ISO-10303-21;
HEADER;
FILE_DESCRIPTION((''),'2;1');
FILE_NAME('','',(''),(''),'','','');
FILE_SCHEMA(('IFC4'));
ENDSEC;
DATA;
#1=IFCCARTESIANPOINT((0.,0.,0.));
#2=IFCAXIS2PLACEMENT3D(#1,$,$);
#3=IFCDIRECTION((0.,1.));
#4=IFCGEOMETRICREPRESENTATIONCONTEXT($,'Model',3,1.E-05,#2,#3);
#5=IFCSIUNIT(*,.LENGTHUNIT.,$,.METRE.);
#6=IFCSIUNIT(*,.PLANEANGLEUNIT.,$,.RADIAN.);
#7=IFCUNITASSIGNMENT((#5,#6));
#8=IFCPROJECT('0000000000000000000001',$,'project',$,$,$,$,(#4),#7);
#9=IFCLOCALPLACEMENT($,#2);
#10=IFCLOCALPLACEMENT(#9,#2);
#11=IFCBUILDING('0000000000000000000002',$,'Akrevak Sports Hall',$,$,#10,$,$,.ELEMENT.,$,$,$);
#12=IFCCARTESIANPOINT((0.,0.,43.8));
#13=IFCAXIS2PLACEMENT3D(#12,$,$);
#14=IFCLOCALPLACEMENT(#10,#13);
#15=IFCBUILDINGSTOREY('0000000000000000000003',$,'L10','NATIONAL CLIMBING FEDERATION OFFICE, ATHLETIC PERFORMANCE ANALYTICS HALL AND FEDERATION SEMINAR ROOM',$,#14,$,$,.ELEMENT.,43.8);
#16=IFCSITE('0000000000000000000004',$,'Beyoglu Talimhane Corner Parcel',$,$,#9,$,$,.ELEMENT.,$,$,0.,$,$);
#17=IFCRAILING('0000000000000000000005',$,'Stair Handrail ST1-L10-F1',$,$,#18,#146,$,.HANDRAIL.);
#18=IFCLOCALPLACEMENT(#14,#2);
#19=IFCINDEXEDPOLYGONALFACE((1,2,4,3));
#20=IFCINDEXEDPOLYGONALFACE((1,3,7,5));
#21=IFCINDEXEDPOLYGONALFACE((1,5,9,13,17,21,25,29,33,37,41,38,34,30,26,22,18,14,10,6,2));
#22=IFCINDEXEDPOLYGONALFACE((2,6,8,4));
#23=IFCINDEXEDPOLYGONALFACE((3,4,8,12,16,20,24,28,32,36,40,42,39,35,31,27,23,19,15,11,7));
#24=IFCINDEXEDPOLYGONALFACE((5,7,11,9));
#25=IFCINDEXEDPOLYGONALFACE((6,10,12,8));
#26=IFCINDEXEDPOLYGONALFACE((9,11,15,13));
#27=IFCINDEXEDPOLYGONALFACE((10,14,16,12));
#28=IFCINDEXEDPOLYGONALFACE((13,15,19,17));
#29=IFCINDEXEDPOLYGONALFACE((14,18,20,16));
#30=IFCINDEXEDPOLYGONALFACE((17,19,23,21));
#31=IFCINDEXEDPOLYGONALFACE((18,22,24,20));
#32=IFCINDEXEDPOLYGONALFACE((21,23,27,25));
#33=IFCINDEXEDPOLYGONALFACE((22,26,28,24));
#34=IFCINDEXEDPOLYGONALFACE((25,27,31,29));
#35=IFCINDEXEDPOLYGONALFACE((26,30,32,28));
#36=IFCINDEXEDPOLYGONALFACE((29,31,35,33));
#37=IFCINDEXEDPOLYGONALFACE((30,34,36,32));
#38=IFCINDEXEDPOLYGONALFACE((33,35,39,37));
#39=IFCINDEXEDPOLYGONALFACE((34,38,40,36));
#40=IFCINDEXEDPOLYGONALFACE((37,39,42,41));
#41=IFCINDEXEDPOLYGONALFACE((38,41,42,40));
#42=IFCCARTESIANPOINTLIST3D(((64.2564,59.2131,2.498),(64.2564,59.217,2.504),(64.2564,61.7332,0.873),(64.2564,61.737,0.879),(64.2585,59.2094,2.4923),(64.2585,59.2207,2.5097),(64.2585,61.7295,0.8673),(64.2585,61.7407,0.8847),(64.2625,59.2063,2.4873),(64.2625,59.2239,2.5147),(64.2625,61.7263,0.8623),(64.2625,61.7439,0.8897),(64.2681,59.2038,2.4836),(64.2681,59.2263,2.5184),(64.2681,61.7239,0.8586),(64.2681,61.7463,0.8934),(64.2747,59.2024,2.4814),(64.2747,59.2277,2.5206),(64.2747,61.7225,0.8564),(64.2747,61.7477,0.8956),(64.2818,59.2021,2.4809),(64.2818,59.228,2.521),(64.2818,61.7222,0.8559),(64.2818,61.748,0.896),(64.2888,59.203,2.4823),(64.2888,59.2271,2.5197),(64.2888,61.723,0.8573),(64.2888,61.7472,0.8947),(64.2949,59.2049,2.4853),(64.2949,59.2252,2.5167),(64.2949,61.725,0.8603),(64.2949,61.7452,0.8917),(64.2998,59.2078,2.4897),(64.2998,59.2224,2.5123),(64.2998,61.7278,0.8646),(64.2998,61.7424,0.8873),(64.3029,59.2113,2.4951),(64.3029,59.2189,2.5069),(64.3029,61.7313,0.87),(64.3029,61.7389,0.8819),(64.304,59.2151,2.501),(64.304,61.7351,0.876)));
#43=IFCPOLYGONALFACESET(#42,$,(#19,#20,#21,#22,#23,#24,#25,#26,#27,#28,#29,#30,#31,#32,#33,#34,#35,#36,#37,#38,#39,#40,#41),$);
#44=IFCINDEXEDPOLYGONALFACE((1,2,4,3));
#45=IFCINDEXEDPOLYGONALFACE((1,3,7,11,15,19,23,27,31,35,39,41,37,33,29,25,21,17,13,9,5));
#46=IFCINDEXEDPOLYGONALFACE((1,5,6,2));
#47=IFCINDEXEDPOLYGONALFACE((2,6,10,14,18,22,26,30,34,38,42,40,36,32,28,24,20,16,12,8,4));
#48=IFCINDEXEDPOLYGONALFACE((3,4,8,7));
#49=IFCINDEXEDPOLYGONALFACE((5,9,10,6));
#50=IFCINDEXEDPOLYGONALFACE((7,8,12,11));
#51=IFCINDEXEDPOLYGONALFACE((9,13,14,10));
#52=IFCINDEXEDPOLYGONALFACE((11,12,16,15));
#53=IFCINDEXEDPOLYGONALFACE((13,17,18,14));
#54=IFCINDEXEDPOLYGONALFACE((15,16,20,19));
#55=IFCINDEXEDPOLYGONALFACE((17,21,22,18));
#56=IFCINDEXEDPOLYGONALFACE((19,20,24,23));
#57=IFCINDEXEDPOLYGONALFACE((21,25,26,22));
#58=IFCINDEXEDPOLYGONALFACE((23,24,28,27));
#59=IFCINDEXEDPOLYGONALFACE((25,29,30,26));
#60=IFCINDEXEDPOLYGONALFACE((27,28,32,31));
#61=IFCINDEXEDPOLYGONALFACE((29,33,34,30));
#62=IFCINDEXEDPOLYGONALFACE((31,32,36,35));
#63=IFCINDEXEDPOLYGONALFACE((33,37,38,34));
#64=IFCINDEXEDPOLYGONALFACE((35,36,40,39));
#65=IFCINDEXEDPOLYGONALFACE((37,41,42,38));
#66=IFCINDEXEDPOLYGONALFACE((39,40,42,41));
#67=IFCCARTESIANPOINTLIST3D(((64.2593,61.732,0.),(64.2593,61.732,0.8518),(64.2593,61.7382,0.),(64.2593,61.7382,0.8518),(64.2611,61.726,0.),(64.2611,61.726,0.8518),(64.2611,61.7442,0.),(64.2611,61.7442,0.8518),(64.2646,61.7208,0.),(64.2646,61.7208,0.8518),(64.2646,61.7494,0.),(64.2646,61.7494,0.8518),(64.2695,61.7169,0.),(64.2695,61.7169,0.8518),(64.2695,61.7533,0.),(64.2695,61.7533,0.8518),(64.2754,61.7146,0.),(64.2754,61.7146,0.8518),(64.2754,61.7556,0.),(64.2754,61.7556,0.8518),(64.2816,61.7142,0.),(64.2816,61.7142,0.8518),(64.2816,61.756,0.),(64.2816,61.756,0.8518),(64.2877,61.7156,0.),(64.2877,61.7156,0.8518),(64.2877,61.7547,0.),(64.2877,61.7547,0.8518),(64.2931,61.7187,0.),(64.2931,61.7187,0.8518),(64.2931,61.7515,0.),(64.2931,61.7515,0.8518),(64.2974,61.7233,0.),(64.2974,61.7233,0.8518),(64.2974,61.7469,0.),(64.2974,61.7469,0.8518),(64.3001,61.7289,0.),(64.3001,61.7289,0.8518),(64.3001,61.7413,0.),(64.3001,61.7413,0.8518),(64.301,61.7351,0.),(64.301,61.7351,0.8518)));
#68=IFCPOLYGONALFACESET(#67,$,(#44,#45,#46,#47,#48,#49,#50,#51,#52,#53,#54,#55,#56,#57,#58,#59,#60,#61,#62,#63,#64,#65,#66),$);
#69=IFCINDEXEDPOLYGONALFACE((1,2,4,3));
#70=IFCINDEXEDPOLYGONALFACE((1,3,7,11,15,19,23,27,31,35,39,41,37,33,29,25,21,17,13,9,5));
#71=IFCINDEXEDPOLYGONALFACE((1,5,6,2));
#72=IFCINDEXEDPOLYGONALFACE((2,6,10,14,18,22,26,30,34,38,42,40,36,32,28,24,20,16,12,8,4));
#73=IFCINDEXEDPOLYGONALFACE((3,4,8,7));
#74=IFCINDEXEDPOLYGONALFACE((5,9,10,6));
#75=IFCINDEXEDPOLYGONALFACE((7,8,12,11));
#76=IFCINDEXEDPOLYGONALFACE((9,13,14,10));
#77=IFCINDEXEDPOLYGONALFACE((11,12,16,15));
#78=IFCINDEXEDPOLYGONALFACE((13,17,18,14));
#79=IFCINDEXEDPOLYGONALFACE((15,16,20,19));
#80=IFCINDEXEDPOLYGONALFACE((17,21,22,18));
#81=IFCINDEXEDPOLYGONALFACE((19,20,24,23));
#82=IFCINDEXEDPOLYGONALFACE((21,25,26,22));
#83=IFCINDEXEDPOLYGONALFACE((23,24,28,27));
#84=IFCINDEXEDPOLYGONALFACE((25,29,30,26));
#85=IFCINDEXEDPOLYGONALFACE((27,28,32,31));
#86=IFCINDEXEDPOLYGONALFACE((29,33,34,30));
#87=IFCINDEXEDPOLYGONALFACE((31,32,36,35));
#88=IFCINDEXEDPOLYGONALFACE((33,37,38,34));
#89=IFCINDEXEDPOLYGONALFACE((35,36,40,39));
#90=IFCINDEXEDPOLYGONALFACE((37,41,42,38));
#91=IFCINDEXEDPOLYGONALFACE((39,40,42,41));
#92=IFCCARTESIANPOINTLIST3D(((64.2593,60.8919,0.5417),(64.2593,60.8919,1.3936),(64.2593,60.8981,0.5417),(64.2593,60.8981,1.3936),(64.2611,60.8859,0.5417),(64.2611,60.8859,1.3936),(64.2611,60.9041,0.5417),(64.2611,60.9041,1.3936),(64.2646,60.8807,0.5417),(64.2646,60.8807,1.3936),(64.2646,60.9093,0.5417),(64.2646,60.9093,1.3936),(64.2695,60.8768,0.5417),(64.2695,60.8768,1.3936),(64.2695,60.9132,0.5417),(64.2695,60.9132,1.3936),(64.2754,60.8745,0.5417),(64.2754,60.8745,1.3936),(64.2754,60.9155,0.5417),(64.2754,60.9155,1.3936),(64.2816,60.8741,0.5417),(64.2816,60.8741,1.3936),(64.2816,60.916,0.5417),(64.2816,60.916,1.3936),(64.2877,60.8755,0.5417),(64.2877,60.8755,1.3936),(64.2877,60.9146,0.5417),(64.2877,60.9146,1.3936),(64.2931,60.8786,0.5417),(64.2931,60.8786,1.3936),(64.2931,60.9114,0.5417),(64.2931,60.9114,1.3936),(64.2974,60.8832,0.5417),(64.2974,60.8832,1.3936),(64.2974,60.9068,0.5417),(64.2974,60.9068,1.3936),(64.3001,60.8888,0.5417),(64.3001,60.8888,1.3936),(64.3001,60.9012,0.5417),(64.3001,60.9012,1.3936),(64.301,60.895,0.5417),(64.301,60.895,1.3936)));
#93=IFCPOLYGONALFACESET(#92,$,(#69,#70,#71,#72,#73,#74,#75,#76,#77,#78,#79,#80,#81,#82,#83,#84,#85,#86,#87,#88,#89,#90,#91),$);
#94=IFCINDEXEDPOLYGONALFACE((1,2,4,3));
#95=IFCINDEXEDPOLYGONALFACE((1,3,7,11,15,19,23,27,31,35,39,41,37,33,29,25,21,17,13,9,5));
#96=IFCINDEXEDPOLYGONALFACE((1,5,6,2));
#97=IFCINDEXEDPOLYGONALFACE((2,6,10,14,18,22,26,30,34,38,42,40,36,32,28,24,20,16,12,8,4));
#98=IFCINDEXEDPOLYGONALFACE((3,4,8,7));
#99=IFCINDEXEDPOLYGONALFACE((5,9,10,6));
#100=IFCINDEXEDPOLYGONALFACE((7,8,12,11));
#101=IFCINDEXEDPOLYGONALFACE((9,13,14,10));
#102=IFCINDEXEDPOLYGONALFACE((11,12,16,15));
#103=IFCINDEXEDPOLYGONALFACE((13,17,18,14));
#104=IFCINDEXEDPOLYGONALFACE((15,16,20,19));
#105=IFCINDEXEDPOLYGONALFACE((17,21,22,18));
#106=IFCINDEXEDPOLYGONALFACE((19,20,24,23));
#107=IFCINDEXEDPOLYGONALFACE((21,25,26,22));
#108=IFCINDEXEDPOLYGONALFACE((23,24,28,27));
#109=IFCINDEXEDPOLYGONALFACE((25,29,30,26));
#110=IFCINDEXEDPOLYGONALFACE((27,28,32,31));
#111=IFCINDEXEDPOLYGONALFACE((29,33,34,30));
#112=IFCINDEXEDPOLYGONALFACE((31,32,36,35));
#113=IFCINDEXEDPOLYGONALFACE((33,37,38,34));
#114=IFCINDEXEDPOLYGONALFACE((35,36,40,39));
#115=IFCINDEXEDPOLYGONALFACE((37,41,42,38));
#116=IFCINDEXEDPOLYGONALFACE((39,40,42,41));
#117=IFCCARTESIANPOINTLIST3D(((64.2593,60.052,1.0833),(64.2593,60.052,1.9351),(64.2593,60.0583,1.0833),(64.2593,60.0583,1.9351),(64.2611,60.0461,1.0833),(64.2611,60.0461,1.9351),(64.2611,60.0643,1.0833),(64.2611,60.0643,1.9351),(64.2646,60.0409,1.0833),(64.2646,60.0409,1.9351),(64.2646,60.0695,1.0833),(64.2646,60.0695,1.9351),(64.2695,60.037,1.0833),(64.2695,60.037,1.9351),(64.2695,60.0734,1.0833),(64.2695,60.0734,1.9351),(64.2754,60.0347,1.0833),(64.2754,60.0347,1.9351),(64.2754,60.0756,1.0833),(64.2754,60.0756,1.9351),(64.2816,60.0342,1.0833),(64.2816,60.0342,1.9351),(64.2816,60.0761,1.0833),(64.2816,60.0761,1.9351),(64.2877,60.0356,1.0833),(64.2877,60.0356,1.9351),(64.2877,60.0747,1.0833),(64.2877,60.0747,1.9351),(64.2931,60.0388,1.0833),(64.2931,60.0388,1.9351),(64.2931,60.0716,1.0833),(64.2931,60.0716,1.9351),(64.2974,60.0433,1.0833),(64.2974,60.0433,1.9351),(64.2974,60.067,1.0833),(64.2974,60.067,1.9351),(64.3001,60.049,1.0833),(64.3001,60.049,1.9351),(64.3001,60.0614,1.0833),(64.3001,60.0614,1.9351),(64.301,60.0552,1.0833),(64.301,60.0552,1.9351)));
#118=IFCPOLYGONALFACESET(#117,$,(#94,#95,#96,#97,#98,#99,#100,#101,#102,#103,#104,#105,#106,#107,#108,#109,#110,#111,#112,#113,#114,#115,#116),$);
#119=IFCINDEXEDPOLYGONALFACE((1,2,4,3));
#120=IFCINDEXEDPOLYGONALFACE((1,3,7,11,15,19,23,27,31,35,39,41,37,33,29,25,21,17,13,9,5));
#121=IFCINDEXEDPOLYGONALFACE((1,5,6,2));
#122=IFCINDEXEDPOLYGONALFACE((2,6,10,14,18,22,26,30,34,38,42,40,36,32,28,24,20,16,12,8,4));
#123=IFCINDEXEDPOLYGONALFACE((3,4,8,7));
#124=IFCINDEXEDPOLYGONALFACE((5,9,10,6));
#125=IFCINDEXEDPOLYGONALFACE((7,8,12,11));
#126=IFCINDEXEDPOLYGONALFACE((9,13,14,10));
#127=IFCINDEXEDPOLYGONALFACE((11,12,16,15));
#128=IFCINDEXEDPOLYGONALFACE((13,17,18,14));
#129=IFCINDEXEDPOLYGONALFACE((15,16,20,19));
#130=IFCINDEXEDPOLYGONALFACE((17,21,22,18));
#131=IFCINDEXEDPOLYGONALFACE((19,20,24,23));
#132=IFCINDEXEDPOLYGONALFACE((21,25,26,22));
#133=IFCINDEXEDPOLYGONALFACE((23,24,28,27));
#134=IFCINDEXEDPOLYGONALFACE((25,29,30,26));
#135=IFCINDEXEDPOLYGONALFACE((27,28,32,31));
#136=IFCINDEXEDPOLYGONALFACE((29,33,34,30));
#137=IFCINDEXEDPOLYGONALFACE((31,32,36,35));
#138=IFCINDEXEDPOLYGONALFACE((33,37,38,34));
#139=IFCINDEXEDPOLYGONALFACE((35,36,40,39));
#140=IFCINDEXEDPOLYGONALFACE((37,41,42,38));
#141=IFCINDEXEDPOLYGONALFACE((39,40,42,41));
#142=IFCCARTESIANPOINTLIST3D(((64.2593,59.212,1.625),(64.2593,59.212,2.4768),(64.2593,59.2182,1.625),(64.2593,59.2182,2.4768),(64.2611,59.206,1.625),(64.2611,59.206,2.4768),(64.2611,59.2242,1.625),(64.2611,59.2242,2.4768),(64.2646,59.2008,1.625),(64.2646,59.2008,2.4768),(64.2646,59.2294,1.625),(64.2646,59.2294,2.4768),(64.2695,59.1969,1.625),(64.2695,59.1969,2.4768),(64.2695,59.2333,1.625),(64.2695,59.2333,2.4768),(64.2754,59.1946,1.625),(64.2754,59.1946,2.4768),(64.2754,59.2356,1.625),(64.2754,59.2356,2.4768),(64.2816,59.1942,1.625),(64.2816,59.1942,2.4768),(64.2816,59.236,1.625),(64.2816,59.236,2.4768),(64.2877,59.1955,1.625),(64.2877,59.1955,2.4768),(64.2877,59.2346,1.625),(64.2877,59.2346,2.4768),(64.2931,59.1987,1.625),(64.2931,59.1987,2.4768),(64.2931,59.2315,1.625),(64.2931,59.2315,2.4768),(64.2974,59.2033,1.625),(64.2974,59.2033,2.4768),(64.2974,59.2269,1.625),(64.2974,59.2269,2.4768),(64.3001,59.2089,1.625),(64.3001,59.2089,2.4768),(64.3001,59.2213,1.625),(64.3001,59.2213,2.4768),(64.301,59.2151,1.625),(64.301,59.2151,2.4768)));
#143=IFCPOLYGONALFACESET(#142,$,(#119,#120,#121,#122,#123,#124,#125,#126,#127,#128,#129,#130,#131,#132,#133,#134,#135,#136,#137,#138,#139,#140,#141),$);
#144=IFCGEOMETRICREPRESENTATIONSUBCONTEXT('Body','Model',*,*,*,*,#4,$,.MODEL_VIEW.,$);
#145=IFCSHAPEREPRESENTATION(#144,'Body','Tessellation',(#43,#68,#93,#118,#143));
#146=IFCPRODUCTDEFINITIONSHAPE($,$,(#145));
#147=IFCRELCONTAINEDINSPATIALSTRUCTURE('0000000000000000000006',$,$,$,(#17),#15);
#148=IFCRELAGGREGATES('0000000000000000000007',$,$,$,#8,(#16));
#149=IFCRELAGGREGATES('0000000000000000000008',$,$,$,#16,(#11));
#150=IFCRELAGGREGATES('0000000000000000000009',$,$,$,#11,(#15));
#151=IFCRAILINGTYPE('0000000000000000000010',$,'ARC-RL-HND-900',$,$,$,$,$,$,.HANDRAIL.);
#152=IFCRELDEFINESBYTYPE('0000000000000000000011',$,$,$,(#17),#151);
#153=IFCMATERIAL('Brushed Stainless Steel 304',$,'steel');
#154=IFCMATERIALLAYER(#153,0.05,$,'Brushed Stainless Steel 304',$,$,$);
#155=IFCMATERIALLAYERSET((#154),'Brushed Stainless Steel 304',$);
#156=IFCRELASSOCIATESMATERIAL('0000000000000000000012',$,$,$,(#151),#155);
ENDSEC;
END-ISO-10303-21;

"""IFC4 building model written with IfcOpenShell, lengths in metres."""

from ifc_helpers import new_model, si_unit, direction, frame, origin, origin_2d, place, context, subcontext, project, spatial, circle, extrude, material, layer, layer_set, type_object, element, save


model = new_model("IFC4")

# Units and contexts
model_context = context("Model", 3, precision=1e-05, world=origin(), true_north=direction((0.0, 1.0)))
body_context = subcontext(model_context, "Body", "Model", "MODEL_VIEW")
ifc_project = project(units=[si_unit("LENGTHUNIT", "METRE"), si_unit("PLANEANGLEUNIT", "RADIAN")], contexts=[model_context])

# Site, building, storey
site_placement = place(None, origin())
site = spatial("IfcSite", under=ifc_project, at=site_placement, Name="Beyoglu Talimhane Corner Parcel", CompositionType="ELEMENT", RefElevation=0.0)
building_placement = place(site_placement, origin())
building = spatial("IfcBuilding", under=site, at=building_placement, Name="Akrevak Sports Hall", CompositionType="ELEMENT")
storey_placement = place(building_placement, frame((0.0, 0.0, 43.8)))
storey = spatial("IfcBuildingStorey", under=building, at=storey_placement, Name="L10", Description="NATIONAL CLIMBING FEDERATION OFFICE, ATHLETIC PERFORMANCE ANALYTICS HALL AND FEDERATION SEMINAR ROOM", CompositionType="ELEMENT", Elevation=43.8)

# Shared definitions
ifc_material_1 = material(Name="Brushed Stainless Steel 304", Category="steel")

# Railing
ifc_layer_1 = layer(ifc_material_1, 0.05, Name="Brushed Stainless Steel 304")
ifc_layer_set_1 = layer_set([ifc_layer_1], Name="Brushed Stainless Steel 304")
railing_type_1 = type_object("IfcRailingType", Name="ARC-RL-HND-900", PredefinedType="HANDRAIL", material=ifc_layer_set_1)
railing_1_placement = place(storey_placement, frame((64.28, 61.7351, 0.0)))
element("IfcRailing", 1, at=railing_1_placement, inside=storey, type_object=railing_type_1, Name="Stair Handrail ST1-L10-F1", PredefinedType="HANDRAIL", context=body_context, shape_type="SweptSolid", body=[
    extrude(circle(Radius=0.0239, at=origin_2d()), frame((0.0, 0.0, 0.876), z_axis=(0.0, -0.840421, 0.541934), x_axis=(1.0, 0.0, 0.0)), (0.0, 0.0, 1.0), 2.9985),
    extrude(circle(Radius=0.021, at=origin_2d()), origin(), (0.0, 0.0, 1.0), 0.8518),
    extrude(circle(Radius=0.021, at=origin_2d()), frame((0.0, -0.8401, 0.5417)), (0.0, 0.0, 1.0), 0.8518),
    extrude(circle(Radius=0.021, at=origin_2d()), frame((0.0, -1.6799, 1.0833)), (0.0, 0.0, 1.0), 0.8518),
    extrude(circle(Radius=0.021, at=origin_2d()), frame((0.0, -2.52, 1.625)), (0.0, 0.0, 1.0), 0.8518),
])

save(model, "model.ifc")
